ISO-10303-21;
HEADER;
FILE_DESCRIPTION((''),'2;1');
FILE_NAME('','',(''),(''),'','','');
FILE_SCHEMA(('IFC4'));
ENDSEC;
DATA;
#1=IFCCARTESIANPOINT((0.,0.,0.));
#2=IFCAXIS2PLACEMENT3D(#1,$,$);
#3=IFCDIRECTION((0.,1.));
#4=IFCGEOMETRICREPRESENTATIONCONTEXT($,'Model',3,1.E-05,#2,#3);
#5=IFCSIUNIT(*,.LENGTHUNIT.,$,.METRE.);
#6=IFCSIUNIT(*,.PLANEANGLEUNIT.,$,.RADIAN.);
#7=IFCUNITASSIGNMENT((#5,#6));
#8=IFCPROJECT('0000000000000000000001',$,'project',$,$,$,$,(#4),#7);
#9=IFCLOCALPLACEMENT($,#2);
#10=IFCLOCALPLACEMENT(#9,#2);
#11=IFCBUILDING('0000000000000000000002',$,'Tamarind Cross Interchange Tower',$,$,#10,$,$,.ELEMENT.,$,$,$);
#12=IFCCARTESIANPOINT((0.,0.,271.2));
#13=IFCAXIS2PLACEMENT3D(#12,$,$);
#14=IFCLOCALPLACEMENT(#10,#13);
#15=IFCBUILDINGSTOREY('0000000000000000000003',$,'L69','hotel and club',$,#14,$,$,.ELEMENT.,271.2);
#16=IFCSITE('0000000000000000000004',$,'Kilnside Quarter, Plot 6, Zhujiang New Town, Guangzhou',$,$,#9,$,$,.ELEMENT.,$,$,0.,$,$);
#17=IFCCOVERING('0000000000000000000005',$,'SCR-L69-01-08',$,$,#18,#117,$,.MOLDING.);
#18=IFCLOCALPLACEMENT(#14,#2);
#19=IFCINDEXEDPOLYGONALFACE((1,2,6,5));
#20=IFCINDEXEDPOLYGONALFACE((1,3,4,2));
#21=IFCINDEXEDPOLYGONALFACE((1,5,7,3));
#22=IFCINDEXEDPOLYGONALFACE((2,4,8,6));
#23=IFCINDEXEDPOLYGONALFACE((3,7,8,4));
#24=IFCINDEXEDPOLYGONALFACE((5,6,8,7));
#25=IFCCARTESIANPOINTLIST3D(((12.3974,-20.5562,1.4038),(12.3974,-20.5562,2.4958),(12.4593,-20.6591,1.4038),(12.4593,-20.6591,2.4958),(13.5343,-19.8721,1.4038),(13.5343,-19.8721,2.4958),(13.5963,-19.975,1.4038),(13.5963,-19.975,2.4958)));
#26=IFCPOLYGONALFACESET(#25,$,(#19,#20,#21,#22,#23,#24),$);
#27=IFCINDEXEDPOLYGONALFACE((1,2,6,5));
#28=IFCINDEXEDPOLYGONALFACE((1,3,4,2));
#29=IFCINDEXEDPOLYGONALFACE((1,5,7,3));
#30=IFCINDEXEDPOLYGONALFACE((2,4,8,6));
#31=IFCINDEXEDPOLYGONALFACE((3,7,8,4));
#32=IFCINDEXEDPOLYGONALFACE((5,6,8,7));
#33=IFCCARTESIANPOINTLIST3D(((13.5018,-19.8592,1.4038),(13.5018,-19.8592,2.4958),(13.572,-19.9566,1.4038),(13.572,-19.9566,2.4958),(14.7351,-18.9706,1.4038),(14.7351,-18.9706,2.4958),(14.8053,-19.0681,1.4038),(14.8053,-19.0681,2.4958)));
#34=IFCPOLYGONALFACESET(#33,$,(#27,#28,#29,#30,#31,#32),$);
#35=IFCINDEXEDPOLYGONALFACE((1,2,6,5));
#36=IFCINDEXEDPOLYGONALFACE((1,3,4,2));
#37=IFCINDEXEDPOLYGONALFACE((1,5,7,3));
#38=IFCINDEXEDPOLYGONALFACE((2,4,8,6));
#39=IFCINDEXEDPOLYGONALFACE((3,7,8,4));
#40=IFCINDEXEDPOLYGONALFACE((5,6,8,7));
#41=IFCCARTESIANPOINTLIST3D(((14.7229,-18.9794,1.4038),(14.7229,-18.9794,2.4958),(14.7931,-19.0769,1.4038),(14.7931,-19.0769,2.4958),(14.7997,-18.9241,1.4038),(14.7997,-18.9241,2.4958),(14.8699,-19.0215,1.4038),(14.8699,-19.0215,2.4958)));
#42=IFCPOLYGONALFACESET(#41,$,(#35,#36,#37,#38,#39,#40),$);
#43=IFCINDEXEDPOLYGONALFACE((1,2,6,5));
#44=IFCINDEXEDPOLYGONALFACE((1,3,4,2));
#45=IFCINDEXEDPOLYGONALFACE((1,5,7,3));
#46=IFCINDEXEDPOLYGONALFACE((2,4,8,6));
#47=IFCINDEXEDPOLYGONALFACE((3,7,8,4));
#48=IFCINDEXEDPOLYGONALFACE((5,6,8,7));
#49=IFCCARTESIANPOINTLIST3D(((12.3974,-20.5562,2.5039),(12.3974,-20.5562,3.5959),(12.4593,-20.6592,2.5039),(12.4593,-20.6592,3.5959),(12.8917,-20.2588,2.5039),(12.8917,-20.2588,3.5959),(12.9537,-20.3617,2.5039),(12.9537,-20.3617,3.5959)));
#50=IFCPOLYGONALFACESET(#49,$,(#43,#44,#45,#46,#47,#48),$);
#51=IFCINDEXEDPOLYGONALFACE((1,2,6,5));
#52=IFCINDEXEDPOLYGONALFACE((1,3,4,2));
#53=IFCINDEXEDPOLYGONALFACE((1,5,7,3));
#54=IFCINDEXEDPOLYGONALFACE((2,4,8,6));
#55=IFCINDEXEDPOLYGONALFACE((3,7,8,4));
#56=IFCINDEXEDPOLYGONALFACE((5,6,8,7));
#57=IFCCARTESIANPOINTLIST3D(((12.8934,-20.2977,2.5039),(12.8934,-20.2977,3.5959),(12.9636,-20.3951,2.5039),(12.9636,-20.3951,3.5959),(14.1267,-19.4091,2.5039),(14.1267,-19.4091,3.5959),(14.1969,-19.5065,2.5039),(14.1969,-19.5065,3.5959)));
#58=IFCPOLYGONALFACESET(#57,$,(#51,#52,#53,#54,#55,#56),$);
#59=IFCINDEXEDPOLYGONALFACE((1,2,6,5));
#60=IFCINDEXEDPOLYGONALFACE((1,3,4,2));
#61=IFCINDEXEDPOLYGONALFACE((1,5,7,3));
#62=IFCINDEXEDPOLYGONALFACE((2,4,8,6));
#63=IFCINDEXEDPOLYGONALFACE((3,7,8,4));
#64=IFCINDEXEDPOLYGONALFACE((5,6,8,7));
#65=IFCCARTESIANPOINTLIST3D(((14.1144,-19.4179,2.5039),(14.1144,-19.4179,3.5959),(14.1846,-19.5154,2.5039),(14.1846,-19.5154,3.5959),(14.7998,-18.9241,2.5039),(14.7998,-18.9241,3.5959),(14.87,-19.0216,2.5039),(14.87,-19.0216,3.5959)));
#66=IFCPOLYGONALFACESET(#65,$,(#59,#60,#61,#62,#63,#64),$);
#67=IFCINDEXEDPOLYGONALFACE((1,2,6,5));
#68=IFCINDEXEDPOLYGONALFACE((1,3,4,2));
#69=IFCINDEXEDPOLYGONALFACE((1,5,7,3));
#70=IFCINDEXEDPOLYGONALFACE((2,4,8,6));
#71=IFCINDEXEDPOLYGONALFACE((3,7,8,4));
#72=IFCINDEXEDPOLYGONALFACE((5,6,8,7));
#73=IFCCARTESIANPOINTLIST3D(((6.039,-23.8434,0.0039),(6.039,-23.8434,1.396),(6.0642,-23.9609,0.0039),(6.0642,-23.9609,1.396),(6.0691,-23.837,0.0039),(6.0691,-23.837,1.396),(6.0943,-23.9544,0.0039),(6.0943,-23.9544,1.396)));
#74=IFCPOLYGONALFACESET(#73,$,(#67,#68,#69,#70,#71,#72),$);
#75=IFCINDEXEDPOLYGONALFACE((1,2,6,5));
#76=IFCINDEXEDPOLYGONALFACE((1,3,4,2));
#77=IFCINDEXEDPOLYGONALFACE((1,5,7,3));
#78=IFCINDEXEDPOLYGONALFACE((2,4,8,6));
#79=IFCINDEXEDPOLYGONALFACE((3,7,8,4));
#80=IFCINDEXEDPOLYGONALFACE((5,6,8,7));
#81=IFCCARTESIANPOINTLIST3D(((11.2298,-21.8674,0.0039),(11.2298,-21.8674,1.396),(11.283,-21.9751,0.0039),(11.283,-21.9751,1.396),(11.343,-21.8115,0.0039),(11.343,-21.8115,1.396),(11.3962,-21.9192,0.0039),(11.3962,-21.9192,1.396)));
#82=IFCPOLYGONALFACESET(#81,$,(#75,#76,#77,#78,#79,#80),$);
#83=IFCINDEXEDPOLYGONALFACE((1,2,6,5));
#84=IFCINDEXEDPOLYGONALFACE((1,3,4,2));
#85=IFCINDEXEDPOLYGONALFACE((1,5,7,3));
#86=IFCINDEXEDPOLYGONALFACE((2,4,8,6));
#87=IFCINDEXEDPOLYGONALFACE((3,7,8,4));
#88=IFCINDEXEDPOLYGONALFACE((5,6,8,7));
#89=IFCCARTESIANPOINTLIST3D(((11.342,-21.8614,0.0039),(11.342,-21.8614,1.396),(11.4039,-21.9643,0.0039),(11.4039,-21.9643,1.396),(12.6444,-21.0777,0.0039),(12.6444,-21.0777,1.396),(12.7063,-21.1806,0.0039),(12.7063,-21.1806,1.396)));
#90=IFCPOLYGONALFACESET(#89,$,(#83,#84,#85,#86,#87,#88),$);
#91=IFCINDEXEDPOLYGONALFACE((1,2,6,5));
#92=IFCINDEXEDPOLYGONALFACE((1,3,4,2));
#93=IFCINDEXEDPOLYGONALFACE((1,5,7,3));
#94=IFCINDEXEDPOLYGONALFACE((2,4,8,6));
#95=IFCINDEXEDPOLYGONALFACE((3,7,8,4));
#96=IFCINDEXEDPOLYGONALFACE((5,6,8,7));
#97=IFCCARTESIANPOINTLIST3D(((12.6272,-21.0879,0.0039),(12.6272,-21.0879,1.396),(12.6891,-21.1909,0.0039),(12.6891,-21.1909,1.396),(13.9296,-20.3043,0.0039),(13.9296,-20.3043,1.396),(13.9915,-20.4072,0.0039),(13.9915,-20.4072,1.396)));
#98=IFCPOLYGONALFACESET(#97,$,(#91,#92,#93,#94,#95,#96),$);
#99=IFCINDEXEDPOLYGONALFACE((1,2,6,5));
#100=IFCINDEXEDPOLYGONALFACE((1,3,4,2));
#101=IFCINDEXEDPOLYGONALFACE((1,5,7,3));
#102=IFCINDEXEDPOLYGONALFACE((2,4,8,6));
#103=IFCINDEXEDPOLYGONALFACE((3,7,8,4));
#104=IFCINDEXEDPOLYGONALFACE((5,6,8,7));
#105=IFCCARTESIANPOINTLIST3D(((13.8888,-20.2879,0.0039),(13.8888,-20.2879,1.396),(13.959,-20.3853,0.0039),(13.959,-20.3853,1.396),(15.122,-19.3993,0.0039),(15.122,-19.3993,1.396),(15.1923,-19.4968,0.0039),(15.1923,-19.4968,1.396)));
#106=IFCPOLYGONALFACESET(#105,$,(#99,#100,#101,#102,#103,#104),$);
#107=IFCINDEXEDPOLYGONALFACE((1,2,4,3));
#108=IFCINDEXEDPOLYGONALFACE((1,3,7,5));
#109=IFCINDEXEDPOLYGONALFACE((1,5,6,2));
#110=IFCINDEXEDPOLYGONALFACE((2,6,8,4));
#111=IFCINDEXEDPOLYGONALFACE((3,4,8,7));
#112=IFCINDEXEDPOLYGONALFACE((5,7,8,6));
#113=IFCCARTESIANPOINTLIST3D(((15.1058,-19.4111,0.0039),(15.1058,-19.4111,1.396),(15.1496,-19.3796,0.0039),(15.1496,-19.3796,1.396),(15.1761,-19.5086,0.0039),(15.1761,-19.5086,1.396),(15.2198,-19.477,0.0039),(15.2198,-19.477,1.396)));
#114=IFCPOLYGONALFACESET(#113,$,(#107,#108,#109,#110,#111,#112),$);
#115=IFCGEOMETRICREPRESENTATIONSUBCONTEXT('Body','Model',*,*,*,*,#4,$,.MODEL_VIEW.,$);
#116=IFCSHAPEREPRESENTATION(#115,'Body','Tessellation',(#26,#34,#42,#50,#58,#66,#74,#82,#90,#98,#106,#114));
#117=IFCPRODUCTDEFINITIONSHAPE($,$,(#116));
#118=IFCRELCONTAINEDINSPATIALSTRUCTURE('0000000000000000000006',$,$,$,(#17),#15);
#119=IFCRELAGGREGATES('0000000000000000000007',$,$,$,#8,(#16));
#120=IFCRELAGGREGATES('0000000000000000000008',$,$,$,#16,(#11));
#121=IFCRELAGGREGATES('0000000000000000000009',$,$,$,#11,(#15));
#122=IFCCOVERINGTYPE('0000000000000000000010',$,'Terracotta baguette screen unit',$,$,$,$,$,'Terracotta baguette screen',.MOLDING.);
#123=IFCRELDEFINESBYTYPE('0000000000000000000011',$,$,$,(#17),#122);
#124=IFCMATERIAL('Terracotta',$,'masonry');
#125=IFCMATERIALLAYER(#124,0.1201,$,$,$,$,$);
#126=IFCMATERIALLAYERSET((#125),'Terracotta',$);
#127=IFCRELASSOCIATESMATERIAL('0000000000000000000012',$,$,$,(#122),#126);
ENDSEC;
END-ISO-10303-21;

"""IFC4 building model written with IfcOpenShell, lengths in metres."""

from ifc_helpers import new_model, si_unit, direction, frame, origin, origin_2d, place, context, subcontext, project, spatial, rectangle, extrude, material, layer, layer_set, type_object, element, save


model = new_model("IFC4")

# Units and contexts
model_context = context("Model", 3, precision=1e-05, world=origin(), true_north=direction((0.0, 1.0)))
body_context = subcontext(model_context, "Body", "Model", "MODEL_VIEW")
ifc_project = project(units=[si_unit("LENGTHUNIT", "METRE"), si_unit("PLANEANGLEUNIT", "RADIAN")], contexts=[model_context])

# Site, building, storey
site_placement = place(None, origin())
site = spatial("IfcSite", under=ifc_project, at=site_placement, Name="Kilnside Quarter, Plot 6, Zhujiang New Town, Guangzhou", CompositionType="ELEMENT", RefElevation=0.0)
building_placement = place(site_placement, origin())
building = spatial("IfcBuilding", under=site, at=building_placement, Name="Tamarind Cross Interchange Tower", CompositionType="ELEMENT")
storey_placement = place(building_placement, frame((0.0, 0.0, 271.2)))
storey = spatial("IfcBuildingStorey", under=building, at=storey_placement, Name="L69", Description="hotel and club", CompositionType="ELEMENT", Elevation=271.2)

# Covering
ifc_material_1 = material(Name="Terracotta", Category="masonry")
ifc_layer_1 = layer(ifc_material_1, 0.1201)
ifc_layer_set_1 = layer_set([ifc_layer_1], Name="Terracotta")
covering_type = type_object("IfcCoveringType", Name="Terracotta baguette screen unit", ElementType="Terracotta baguette screen", PredefinedType="MOLDING", material=ifc_layer_set_1)
covering_1_placement = place(storey_placement, origin())
element("IfcCovering", 1, at=covering_1_placement, inside=storey, type_object=covering_type, Name="SCR-L69-01-08", PredefinedType="MOLDING", context=body_context, shape_type="SweptSolid", body=[
    extrude(rectangle(XDim=1.3269, YDim=0.1201, at=origin_2d()), frame((12.9968, -20.2656, 1.4038), z_axis=(0.0, 0.0, 1.0), x_axis=(0.856843, 0.515577, 0.0)), (0.0, 0.0, 1.0), 1.092),
    extrude(rectangle(XDim=1.52, YDim=0.1201, at=origin_2d()), frame((14.1536, -19.4636, 1.4038), z_axis=(0.0, 0.0, 1.0), x_axis=(0.81134, 0.584574, 0.0)), (0.0, 0.0, 1.0), 1.092),
    extrude(rectangle(XDim=0.0947, YDim=0.1201, at=origin_2d()), frame((14.7964, -19.0005, 1.4038), z_axis=(0.0, 0.0, 1.0), x_axis=(0.81134, 0.584574, 0.0)), (0.0, 0.0, 1.0), 1.092),
    extrude(rectangle(XDim=0.5769, YDim=0.1201, at=origin_2d()), frame((12.6755, -20.459, 2.5039), z_axis=(0.0, 0.0, 1.0), x_axis=(0.856843, 0.515577, 0.0)), (0.0, 0.0, 1.0), 1.092),
    extrude(rectangle(XDim=1.52, YDim=0.1201, at=origin_2d()), frame((13.5452, -19.9021, 2.5039), z_axis=(0.0, 0.0, 1.0), x_axis=(0.81134, 0.584574, 0.0)), (0.0, 0.0, 1.0), 1.092),
    extrude(rectangle(XDim=0.8447, YDim=0.1201, at=origin_2d()), frame((14.4922, -19.2197, 2.5039), z_axis=(0.0, 0.0, 1.0), x_axis=(0.81134, 0.584574, 0.0)), (0.0, 0.0, 1.0), 1.092),
    extrude(rectangle(XDim=0.0308, YDim=0.1201, at=origin_2d()), frame((6.0667, -23.8989, 0.0039), z_axis=(0.0, 0.0, 1.0), x_axis=(0.977825, 0.209425, 0.0)), (0.0, 0.0, 1.0), 1.3921),
    extrude(rectangle(XDim=0.1262, YDim=0.1201, at=origin_2d()), frame((11.313, -21.8933, 0.0039), z_axis=(0.0, 0.0, 1.0), x_axis=(0.896493, 0.443059, 0.0)), (0.0, 0.0, 1.0), 1.3921),
    extrude(rectangle(XDim=1.52, YDim=0.1201, at=origin_2d()), frame((12.0242, -21.521, 0.0039), z_axis=(0.0, 0.0, 1.0), x_axis=(0.856843, 0.515577, 0.0)), (0.0, 0.0, 1.0), 1.3921),
    extrude(rectangle(XDim=1.52, YDim=0.1201, at=origin_2d()), frame((13.3093, -20.7476, 0.0039), z_axis=(0.0, 0.0, 1.0), x_axis=(0.856843, 0.515577, 0.0)), (0.0, 0.0, 1.0), 1.3921),
    extrude(rectangle(XDim=1.52, YDim=0.1201, at=origin_2d()), frame((14.5405, -19.8923, 0.0039), z_axis=(0.0, 0.0, 1.0), x_axis=(0.81134, 0.584574, 0.0)), (0.0, 0.0, 1.0), 1.3921),
    extrude(rectangle(XDim=0.054, YDim=0.1201, at=origin_2d()), frame((15.1628, -19.4441, 0.0039), z_axis=(0.0, 0.0, 1.0), x_axis=(0.81134, 0.584574, 0.0)), (0.0, 0.0, 1.0), 1.3921),
])

save(model, "model.ifc")
